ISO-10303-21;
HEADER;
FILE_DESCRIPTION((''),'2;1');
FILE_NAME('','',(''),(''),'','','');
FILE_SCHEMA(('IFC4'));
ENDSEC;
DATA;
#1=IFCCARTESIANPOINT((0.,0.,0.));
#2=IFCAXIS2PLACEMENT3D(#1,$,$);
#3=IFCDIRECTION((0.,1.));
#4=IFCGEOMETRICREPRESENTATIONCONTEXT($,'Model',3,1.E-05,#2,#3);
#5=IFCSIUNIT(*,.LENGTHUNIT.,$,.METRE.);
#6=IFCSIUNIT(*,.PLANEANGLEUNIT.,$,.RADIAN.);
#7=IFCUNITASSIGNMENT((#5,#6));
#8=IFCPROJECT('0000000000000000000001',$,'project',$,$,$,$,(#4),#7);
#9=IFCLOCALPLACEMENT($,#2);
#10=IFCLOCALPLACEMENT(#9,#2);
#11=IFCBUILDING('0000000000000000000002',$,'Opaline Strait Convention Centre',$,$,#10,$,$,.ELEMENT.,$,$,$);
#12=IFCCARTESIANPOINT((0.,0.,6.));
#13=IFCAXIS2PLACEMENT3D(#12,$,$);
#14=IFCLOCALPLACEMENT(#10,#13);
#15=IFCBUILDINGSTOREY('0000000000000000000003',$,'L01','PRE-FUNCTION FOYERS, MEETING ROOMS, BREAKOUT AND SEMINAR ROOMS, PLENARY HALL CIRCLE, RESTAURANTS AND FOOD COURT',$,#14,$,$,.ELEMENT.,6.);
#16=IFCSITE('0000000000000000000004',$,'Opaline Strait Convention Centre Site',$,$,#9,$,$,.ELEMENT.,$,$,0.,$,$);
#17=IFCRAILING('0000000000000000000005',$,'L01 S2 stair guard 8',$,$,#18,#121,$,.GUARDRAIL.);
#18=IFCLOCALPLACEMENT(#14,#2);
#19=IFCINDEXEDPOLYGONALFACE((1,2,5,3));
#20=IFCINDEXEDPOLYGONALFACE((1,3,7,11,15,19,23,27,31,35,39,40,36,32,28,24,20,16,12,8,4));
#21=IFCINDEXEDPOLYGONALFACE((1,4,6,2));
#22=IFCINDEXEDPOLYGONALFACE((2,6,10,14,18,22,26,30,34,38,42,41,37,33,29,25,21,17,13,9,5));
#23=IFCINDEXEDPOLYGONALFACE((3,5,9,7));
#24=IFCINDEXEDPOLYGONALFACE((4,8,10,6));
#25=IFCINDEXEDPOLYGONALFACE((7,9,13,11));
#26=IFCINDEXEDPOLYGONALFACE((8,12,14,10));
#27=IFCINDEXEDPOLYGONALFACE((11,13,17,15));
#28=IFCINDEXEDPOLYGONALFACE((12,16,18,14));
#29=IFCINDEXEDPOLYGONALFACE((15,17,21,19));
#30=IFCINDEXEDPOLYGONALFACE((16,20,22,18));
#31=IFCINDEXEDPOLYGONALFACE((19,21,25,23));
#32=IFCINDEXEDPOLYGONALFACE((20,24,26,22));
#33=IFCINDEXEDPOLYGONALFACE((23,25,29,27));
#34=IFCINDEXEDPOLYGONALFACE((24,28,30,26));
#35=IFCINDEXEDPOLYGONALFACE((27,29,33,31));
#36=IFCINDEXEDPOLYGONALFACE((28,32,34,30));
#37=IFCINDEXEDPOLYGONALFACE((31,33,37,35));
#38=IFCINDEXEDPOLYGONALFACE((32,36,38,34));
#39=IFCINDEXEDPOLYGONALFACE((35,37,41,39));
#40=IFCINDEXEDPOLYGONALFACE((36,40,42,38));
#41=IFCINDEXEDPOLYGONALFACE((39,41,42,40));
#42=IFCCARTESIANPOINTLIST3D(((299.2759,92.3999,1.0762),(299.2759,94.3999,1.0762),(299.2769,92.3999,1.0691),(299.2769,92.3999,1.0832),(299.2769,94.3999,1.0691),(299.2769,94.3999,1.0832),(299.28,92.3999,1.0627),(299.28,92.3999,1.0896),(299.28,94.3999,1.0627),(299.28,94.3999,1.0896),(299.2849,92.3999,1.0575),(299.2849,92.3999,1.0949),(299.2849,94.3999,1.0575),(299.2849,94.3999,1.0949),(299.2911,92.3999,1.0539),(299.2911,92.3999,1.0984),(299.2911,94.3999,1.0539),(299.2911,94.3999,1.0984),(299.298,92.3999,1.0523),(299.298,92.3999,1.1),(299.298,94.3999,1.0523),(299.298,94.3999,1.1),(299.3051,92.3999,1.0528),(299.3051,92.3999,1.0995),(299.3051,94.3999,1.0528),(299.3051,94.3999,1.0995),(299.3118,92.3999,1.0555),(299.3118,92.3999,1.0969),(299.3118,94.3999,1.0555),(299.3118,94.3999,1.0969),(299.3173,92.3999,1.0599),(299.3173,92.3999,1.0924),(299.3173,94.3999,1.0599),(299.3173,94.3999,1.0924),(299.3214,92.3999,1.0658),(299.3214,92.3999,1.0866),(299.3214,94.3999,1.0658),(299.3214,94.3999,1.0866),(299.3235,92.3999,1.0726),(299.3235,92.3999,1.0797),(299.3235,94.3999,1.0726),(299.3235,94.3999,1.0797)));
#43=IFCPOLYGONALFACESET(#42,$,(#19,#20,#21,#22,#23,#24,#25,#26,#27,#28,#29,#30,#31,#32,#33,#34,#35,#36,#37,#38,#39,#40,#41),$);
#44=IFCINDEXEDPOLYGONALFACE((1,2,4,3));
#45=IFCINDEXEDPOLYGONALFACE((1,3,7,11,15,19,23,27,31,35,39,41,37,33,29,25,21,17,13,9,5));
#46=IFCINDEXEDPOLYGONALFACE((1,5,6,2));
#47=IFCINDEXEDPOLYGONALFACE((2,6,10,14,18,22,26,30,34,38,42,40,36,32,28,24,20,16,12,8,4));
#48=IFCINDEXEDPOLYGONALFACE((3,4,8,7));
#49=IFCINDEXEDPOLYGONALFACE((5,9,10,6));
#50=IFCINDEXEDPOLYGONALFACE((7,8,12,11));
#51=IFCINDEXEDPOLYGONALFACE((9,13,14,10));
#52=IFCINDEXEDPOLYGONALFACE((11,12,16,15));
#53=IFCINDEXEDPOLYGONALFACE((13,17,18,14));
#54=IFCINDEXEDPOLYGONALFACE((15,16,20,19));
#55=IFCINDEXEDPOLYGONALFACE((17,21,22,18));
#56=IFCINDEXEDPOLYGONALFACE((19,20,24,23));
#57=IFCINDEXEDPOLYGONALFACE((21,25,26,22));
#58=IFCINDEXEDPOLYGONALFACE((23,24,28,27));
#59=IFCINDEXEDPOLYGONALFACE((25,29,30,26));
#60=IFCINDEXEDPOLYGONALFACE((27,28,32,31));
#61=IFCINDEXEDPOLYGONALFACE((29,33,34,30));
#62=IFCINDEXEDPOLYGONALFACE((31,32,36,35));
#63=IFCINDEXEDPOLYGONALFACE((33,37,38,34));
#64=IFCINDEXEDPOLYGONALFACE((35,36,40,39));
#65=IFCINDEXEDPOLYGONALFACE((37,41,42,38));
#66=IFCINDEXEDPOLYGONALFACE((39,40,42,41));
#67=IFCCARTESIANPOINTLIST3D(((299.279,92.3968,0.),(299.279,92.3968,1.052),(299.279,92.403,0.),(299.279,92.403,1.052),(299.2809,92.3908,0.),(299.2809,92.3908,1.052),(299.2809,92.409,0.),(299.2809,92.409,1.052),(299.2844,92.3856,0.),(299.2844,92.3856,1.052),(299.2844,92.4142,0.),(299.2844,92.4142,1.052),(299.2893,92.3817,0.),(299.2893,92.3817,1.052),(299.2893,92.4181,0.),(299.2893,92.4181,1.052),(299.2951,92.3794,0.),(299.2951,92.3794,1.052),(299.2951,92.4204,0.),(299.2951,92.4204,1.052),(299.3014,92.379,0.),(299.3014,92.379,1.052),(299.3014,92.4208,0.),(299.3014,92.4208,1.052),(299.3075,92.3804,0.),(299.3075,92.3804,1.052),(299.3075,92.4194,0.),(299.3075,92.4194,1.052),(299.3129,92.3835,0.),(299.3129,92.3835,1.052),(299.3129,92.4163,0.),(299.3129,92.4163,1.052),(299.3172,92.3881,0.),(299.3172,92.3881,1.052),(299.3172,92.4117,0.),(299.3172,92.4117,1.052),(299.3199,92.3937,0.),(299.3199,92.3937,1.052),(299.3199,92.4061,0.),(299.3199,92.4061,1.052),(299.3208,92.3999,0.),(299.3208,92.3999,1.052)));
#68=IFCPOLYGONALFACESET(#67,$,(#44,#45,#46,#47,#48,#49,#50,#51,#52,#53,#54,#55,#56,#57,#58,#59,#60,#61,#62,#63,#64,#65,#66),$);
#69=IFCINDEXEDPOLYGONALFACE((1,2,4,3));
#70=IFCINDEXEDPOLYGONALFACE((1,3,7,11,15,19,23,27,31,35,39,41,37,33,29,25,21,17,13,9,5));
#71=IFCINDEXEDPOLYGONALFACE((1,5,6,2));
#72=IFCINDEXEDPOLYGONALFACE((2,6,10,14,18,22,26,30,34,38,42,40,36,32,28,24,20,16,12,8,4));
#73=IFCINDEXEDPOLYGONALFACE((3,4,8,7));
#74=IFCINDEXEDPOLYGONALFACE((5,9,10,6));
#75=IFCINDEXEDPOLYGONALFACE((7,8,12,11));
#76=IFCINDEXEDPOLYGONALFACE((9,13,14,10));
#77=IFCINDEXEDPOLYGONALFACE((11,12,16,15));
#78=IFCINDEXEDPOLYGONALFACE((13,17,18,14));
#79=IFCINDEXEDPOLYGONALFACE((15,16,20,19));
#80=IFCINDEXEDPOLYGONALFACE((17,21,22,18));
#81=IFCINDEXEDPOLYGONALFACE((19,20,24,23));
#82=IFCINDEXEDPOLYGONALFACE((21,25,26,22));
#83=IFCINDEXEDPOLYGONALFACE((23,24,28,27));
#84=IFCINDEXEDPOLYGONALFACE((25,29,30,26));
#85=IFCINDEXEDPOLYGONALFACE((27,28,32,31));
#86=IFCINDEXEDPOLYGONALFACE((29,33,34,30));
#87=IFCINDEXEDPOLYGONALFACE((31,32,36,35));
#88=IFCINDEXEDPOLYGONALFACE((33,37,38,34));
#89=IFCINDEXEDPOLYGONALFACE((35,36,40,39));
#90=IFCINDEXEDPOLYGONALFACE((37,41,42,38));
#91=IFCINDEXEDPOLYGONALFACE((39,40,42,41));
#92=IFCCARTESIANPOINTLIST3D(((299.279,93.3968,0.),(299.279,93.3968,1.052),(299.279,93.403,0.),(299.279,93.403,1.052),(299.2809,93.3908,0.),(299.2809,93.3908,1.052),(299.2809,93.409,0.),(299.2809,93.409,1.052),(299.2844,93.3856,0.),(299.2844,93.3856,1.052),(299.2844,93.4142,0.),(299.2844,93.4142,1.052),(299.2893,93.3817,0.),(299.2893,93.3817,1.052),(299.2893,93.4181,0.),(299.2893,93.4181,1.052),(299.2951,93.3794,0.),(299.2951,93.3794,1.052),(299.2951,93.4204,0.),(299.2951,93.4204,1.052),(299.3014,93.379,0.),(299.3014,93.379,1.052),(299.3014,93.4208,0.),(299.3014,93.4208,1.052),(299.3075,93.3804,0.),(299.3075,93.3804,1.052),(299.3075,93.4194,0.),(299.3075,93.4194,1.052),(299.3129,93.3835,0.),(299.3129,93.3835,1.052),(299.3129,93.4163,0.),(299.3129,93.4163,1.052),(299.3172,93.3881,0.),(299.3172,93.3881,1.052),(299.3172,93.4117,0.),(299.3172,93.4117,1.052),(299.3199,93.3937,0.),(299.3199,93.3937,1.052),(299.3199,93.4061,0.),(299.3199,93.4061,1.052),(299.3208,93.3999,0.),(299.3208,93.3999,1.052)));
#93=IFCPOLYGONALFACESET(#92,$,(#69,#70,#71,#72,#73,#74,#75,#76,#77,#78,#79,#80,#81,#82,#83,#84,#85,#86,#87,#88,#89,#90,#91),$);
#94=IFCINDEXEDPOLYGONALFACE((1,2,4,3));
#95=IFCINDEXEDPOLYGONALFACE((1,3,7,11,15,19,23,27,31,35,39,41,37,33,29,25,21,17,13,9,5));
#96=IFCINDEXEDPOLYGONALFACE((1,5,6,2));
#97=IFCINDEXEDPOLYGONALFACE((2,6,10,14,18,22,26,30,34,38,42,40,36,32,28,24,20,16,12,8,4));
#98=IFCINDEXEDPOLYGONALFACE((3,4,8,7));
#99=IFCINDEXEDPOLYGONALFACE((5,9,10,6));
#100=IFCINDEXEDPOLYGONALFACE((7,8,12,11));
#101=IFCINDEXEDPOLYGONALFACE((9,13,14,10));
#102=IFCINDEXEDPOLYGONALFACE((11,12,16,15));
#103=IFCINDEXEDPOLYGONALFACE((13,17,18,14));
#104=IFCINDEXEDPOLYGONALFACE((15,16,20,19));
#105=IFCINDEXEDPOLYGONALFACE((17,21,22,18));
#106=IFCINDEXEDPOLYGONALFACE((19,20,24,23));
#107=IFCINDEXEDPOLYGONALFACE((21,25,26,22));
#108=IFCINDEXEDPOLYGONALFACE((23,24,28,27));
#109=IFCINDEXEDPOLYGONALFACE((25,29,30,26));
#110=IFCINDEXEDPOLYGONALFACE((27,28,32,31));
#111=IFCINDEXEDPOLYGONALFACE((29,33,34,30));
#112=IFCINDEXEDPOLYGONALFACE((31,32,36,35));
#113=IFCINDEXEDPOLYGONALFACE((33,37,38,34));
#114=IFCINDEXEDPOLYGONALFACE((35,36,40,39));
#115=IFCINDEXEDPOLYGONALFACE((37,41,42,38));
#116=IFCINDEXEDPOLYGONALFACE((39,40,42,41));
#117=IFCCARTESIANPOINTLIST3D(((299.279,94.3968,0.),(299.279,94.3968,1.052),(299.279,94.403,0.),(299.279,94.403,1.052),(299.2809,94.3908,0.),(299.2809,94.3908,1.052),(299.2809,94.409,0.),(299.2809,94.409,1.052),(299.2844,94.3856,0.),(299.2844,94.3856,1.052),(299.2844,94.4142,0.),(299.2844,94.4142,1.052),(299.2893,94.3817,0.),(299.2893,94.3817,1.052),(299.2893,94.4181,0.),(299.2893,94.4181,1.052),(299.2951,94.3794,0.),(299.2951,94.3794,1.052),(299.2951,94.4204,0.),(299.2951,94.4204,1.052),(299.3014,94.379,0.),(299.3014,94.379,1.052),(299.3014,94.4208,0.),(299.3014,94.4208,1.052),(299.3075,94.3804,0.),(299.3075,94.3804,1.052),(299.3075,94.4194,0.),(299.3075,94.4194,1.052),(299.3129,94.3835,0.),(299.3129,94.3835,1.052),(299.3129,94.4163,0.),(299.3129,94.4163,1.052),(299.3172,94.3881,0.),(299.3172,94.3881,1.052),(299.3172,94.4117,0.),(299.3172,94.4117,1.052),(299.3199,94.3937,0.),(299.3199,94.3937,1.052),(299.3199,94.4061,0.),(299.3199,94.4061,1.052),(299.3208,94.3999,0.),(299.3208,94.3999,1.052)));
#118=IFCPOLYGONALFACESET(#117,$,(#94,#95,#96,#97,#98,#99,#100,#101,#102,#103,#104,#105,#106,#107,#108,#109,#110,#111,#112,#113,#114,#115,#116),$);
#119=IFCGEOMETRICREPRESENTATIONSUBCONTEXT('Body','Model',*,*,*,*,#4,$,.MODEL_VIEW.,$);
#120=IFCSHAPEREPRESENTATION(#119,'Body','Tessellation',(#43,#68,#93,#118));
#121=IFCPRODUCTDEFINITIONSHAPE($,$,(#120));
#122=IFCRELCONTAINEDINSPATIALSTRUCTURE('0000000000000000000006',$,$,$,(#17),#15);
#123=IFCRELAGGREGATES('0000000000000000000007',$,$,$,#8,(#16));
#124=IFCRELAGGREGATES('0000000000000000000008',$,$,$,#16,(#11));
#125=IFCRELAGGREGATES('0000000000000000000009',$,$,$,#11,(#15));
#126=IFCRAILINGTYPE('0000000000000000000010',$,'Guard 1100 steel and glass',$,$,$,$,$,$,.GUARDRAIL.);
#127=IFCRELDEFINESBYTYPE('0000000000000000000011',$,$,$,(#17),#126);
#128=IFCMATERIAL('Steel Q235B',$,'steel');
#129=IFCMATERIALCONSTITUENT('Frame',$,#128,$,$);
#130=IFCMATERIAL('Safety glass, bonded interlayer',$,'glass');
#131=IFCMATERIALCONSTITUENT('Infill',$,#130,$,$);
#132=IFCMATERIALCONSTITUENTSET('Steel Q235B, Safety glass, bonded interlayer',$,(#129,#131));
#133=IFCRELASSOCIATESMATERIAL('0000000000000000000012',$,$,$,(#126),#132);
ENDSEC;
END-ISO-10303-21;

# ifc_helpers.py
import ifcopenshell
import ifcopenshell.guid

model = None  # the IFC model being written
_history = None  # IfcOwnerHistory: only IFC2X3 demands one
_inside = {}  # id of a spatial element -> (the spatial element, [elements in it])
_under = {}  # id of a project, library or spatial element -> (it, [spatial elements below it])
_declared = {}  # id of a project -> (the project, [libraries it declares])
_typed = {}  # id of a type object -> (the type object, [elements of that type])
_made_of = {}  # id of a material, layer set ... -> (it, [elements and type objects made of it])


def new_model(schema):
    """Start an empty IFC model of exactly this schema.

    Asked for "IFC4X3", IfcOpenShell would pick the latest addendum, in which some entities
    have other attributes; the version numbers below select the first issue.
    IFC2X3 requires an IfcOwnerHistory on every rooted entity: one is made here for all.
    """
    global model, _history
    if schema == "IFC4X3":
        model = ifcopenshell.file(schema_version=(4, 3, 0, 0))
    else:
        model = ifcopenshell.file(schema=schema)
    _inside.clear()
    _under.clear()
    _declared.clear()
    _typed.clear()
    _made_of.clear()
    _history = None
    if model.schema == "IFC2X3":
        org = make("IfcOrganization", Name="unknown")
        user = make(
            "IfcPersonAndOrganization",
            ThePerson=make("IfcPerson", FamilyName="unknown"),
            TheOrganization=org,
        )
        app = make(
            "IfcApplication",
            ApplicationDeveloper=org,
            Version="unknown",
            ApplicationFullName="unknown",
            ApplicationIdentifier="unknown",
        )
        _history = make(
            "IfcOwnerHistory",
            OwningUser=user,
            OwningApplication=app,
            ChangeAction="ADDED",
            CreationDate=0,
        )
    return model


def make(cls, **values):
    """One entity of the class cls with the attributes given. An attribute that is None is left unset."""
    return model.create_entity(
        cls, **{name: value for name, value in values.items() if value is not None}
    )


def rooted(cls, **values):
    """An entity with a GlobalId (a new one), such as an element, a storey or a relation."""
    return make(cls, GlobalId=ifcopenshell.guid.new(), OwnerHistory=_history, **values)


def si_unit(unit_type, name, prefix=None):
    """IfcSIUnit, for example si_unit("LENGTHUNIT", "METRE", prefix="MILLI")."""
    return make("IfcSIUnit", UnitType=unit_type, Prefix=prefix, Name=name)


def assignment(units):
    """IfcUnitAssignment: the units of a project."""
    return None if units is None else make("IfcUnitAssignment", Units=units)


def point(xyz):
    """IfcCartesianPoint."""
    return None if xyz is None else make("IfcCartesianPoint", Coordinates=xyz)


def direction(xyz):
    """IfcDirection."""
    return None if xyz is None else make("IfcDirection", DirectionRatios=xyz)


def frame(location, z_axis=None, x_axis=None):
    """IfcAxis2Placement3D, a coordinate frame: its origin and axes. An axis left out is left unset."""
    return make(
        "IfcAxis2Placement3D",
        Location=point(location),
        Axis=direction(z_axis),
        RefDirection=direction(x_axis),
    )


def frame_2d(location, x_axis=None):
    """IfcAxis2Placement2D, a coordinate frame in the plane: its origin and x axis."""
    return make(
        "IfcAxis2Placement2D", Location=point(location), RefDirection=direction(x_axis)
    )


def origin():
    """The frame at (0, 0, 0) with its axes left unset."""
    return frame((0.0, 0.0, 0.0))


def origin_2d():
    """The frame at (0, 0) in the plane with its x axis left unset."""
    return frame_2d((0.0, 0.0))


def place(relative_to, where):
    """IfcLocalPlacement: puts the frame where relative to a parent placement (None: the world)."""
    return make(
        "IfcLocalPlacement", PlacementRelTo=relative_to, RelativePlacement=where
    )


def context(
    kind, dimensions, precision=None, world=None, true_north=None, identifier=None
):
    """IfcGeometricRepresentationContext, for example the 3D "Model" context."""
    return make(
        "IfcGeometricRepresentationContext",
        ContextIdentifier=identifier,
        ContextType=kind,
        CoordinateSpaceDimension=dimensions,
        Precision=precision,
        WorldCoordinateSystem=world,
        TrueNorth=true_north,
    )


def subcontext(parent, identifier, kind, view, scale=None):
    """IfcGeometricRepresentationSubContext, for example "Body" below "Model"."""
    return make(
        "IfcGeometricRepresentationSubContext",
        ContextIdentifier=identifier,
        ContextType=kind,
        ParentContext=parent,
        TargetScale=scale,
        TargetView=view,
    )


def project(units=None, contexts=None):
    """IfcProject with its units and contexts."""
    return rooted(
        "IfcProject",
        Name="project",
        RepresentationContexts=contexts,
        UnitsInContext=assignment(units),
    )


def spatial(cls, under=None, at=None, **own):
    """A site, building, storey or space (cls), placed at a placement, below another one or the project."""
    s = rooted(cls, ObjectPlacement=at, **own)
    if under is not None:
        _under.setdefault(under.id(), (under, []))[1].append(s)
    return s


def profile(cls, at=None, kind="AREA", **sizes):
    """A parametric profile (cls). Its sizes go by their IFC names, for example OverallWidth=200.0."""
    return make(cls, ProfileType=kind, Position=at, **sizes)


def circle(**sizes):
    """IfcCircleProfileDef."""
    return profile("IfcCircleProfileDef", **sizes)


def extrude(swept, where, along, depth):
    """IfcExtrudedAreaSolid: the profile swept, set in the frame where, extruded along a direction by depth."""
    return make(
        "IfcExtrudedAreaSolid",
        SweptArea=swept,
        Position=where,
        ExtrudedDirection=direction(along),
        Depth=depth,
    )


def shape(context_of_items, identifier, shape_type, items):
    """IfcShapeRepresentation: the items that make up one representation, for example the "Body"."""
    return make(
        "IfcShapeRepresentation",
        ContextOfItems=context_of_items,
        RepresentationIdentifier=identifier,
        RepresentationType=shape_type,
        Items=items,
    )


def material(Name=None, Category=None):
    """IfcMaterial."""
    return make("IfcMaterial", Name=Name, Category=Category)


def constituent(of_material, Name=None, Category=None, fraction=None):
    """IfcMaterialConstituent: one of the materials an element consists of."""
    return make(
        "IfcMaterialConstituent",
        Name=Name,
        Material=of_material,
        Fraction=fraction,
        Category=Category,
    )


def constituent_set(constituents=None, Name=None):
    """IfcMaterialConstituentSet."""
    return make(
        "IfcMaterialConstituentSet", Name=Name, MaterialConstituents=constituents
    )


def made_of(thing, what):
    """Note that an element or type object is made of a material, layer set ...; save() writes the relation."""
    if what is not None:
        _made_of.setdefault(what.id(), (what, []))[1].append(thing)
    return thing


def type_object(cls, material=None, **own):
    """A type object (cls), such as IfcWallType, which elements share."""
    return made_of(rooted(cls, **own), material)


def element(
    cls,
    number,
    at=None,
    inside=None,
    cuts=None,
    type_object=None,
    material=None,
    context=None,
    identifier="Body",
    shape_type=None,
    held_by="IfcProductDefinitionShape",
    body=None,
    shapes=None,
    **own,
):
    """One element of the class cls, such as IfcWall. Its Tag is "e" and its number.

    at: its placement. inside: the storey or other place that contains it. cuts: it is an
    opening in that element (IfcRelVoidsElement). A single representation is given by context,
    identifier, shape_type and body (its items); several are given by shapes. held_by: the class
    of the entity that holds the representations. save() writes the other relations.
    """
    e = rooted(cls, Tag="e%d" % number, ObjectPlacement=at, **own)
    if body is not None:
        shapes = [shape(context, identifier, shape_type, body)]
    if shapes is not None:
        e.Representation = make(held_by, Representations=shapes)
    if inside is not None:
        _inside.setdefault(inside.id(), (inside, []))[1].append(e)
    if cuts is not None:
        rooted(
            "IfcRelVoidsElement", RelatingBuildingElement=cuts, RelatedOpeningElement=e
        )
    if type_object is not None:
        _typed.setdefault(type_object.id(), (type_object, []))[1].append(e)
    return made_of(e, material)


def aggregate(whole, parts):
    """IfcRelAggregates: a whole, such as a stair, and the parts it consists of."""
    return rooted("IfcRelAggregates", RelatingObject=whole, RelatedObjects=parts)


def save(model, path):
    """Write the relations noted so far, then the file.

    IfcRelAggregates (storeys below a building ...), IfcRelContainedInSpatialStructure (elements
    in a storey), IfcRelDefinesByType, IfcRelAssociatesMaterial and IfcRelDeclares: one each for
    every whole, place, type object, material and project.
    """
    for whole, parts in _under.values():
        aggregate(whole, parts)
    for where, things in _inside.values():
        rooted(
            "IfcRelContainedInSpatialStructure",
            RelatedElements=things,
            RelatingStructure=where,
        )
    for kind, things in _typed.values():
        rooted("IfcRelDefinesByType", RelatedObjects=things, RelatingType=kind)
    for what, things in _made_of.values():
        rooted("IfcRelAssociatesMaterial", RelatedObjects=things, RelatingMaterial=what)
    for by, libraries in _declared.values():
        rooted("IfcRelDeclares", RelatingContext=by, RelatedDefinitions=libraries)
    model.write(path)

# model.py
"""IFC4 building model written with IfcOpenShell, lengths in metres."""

from ifc_helpers import new_model, si_unit, direction, frame, origin, origin_2d, place, context, subcontext, project, spatial, circle, extrude, material, constituent, constituent_set, type_object, element, save


model = new_model("IFC4")

# Units and contexts
model_context = context("Model", 3, precision=1e-05, world=origin(), true_north=direction((0.0, 1.0)))
body_context = subcontext(model_context, "Body", "Model", "MODEL_VIEW")
ifc_project = project(units=[si_unit("LENGTHUNIT", "METRE"), si_unit("PLANEANGLEUNIT", "RADIAN")], contexts=[model_context])

# Site, building, storey
site_placement = place(None, origin())
site = spatial("IfcSite", under=ifc_project, at=site_placement, Name="Opaline Strait Convention Centre Site", CompositionType="ELEMENT", RefElevation=0.0)
building_placement = place(site_placement, origin())
building = spatial("IfcBuilding", under=site, at=building_placement, Name="Opaline Strait Convention Centre", CompositionType="ELEMENT")
storey_placement = place(building_placement, frame((0.0, 0.0, 6.0)))
storey = spatial("IfcBuildingStorey", under=building, at=storey_placement, Name="L01", Description="PRE-FUNCTION FOYERS, MEETING ROOMS, BREAKOUT AND SEMINAR ROOMS, PLENARY HALL CIRCLE, RESTAURANTS AND FOOD COURT", CompositionType="ELEMENT", Elevation=6.0)

# Railing
ifc_material_1 = material(Name="Steel Q235B", Category="steel")
ifc_constituent_1 = constituent(ifc_material_1, Name="Frame")
ifc_material_2 = material(Name="Safety glass, bonded interlayer", Category="glass")
ifc_constituent_2 = constituent(ifc_material_2, Name="Infill")
ifc_constituent_set = constituent_set(constituents=[ifc_constituent_1, ifc_constituent_2], Name="Steel Q235B, Safety glass, bonded interlayer")
railing_type_1 = type_object("IfcRailingType", Name="Guard 1100 steel and glass", PredefinedType="GUARDRAIL", material=ifc_constituent_set)
railing_1_placement = place(storey_placement, frame((299.2998, 92.3999, 0.0)))
element("IfcRailing", 1, at=railing_1_placement, inside=storey, type_object=railing_type_1, Name="L01 S2 stair guard 8", PredefinedType="GUARDRAIL", context=body_context, shape_type="SweptSolid", body=[
    extrude(circle(Radius=0.0239, at=origin_2d()), frame((0.0, 0.0, 1.0762), z_axis=(0.0, 1.0, 0.0), x_axis=(-1.0, 0.0, 0.0)), (0.0, 0.0, 1.0), 2.0),
    extrude(circle(Radius=0.021, at=origin_2d()), origin(), (0.0, 0.0, 1.0), 1.052),
    extrude(circle(Radius=0.021, at=origin_2d()), frame((0.0, 1.0, 0.0)), (0.0, 0.0, 1.0), 1.052),
    extrude(circle(Radius=0.021, at=origin_2d()), frame((0.0, 2.0, 0.0)), (0.0, 0.0, 1.0), 1.052),
])

save(model, "model.ifc")
